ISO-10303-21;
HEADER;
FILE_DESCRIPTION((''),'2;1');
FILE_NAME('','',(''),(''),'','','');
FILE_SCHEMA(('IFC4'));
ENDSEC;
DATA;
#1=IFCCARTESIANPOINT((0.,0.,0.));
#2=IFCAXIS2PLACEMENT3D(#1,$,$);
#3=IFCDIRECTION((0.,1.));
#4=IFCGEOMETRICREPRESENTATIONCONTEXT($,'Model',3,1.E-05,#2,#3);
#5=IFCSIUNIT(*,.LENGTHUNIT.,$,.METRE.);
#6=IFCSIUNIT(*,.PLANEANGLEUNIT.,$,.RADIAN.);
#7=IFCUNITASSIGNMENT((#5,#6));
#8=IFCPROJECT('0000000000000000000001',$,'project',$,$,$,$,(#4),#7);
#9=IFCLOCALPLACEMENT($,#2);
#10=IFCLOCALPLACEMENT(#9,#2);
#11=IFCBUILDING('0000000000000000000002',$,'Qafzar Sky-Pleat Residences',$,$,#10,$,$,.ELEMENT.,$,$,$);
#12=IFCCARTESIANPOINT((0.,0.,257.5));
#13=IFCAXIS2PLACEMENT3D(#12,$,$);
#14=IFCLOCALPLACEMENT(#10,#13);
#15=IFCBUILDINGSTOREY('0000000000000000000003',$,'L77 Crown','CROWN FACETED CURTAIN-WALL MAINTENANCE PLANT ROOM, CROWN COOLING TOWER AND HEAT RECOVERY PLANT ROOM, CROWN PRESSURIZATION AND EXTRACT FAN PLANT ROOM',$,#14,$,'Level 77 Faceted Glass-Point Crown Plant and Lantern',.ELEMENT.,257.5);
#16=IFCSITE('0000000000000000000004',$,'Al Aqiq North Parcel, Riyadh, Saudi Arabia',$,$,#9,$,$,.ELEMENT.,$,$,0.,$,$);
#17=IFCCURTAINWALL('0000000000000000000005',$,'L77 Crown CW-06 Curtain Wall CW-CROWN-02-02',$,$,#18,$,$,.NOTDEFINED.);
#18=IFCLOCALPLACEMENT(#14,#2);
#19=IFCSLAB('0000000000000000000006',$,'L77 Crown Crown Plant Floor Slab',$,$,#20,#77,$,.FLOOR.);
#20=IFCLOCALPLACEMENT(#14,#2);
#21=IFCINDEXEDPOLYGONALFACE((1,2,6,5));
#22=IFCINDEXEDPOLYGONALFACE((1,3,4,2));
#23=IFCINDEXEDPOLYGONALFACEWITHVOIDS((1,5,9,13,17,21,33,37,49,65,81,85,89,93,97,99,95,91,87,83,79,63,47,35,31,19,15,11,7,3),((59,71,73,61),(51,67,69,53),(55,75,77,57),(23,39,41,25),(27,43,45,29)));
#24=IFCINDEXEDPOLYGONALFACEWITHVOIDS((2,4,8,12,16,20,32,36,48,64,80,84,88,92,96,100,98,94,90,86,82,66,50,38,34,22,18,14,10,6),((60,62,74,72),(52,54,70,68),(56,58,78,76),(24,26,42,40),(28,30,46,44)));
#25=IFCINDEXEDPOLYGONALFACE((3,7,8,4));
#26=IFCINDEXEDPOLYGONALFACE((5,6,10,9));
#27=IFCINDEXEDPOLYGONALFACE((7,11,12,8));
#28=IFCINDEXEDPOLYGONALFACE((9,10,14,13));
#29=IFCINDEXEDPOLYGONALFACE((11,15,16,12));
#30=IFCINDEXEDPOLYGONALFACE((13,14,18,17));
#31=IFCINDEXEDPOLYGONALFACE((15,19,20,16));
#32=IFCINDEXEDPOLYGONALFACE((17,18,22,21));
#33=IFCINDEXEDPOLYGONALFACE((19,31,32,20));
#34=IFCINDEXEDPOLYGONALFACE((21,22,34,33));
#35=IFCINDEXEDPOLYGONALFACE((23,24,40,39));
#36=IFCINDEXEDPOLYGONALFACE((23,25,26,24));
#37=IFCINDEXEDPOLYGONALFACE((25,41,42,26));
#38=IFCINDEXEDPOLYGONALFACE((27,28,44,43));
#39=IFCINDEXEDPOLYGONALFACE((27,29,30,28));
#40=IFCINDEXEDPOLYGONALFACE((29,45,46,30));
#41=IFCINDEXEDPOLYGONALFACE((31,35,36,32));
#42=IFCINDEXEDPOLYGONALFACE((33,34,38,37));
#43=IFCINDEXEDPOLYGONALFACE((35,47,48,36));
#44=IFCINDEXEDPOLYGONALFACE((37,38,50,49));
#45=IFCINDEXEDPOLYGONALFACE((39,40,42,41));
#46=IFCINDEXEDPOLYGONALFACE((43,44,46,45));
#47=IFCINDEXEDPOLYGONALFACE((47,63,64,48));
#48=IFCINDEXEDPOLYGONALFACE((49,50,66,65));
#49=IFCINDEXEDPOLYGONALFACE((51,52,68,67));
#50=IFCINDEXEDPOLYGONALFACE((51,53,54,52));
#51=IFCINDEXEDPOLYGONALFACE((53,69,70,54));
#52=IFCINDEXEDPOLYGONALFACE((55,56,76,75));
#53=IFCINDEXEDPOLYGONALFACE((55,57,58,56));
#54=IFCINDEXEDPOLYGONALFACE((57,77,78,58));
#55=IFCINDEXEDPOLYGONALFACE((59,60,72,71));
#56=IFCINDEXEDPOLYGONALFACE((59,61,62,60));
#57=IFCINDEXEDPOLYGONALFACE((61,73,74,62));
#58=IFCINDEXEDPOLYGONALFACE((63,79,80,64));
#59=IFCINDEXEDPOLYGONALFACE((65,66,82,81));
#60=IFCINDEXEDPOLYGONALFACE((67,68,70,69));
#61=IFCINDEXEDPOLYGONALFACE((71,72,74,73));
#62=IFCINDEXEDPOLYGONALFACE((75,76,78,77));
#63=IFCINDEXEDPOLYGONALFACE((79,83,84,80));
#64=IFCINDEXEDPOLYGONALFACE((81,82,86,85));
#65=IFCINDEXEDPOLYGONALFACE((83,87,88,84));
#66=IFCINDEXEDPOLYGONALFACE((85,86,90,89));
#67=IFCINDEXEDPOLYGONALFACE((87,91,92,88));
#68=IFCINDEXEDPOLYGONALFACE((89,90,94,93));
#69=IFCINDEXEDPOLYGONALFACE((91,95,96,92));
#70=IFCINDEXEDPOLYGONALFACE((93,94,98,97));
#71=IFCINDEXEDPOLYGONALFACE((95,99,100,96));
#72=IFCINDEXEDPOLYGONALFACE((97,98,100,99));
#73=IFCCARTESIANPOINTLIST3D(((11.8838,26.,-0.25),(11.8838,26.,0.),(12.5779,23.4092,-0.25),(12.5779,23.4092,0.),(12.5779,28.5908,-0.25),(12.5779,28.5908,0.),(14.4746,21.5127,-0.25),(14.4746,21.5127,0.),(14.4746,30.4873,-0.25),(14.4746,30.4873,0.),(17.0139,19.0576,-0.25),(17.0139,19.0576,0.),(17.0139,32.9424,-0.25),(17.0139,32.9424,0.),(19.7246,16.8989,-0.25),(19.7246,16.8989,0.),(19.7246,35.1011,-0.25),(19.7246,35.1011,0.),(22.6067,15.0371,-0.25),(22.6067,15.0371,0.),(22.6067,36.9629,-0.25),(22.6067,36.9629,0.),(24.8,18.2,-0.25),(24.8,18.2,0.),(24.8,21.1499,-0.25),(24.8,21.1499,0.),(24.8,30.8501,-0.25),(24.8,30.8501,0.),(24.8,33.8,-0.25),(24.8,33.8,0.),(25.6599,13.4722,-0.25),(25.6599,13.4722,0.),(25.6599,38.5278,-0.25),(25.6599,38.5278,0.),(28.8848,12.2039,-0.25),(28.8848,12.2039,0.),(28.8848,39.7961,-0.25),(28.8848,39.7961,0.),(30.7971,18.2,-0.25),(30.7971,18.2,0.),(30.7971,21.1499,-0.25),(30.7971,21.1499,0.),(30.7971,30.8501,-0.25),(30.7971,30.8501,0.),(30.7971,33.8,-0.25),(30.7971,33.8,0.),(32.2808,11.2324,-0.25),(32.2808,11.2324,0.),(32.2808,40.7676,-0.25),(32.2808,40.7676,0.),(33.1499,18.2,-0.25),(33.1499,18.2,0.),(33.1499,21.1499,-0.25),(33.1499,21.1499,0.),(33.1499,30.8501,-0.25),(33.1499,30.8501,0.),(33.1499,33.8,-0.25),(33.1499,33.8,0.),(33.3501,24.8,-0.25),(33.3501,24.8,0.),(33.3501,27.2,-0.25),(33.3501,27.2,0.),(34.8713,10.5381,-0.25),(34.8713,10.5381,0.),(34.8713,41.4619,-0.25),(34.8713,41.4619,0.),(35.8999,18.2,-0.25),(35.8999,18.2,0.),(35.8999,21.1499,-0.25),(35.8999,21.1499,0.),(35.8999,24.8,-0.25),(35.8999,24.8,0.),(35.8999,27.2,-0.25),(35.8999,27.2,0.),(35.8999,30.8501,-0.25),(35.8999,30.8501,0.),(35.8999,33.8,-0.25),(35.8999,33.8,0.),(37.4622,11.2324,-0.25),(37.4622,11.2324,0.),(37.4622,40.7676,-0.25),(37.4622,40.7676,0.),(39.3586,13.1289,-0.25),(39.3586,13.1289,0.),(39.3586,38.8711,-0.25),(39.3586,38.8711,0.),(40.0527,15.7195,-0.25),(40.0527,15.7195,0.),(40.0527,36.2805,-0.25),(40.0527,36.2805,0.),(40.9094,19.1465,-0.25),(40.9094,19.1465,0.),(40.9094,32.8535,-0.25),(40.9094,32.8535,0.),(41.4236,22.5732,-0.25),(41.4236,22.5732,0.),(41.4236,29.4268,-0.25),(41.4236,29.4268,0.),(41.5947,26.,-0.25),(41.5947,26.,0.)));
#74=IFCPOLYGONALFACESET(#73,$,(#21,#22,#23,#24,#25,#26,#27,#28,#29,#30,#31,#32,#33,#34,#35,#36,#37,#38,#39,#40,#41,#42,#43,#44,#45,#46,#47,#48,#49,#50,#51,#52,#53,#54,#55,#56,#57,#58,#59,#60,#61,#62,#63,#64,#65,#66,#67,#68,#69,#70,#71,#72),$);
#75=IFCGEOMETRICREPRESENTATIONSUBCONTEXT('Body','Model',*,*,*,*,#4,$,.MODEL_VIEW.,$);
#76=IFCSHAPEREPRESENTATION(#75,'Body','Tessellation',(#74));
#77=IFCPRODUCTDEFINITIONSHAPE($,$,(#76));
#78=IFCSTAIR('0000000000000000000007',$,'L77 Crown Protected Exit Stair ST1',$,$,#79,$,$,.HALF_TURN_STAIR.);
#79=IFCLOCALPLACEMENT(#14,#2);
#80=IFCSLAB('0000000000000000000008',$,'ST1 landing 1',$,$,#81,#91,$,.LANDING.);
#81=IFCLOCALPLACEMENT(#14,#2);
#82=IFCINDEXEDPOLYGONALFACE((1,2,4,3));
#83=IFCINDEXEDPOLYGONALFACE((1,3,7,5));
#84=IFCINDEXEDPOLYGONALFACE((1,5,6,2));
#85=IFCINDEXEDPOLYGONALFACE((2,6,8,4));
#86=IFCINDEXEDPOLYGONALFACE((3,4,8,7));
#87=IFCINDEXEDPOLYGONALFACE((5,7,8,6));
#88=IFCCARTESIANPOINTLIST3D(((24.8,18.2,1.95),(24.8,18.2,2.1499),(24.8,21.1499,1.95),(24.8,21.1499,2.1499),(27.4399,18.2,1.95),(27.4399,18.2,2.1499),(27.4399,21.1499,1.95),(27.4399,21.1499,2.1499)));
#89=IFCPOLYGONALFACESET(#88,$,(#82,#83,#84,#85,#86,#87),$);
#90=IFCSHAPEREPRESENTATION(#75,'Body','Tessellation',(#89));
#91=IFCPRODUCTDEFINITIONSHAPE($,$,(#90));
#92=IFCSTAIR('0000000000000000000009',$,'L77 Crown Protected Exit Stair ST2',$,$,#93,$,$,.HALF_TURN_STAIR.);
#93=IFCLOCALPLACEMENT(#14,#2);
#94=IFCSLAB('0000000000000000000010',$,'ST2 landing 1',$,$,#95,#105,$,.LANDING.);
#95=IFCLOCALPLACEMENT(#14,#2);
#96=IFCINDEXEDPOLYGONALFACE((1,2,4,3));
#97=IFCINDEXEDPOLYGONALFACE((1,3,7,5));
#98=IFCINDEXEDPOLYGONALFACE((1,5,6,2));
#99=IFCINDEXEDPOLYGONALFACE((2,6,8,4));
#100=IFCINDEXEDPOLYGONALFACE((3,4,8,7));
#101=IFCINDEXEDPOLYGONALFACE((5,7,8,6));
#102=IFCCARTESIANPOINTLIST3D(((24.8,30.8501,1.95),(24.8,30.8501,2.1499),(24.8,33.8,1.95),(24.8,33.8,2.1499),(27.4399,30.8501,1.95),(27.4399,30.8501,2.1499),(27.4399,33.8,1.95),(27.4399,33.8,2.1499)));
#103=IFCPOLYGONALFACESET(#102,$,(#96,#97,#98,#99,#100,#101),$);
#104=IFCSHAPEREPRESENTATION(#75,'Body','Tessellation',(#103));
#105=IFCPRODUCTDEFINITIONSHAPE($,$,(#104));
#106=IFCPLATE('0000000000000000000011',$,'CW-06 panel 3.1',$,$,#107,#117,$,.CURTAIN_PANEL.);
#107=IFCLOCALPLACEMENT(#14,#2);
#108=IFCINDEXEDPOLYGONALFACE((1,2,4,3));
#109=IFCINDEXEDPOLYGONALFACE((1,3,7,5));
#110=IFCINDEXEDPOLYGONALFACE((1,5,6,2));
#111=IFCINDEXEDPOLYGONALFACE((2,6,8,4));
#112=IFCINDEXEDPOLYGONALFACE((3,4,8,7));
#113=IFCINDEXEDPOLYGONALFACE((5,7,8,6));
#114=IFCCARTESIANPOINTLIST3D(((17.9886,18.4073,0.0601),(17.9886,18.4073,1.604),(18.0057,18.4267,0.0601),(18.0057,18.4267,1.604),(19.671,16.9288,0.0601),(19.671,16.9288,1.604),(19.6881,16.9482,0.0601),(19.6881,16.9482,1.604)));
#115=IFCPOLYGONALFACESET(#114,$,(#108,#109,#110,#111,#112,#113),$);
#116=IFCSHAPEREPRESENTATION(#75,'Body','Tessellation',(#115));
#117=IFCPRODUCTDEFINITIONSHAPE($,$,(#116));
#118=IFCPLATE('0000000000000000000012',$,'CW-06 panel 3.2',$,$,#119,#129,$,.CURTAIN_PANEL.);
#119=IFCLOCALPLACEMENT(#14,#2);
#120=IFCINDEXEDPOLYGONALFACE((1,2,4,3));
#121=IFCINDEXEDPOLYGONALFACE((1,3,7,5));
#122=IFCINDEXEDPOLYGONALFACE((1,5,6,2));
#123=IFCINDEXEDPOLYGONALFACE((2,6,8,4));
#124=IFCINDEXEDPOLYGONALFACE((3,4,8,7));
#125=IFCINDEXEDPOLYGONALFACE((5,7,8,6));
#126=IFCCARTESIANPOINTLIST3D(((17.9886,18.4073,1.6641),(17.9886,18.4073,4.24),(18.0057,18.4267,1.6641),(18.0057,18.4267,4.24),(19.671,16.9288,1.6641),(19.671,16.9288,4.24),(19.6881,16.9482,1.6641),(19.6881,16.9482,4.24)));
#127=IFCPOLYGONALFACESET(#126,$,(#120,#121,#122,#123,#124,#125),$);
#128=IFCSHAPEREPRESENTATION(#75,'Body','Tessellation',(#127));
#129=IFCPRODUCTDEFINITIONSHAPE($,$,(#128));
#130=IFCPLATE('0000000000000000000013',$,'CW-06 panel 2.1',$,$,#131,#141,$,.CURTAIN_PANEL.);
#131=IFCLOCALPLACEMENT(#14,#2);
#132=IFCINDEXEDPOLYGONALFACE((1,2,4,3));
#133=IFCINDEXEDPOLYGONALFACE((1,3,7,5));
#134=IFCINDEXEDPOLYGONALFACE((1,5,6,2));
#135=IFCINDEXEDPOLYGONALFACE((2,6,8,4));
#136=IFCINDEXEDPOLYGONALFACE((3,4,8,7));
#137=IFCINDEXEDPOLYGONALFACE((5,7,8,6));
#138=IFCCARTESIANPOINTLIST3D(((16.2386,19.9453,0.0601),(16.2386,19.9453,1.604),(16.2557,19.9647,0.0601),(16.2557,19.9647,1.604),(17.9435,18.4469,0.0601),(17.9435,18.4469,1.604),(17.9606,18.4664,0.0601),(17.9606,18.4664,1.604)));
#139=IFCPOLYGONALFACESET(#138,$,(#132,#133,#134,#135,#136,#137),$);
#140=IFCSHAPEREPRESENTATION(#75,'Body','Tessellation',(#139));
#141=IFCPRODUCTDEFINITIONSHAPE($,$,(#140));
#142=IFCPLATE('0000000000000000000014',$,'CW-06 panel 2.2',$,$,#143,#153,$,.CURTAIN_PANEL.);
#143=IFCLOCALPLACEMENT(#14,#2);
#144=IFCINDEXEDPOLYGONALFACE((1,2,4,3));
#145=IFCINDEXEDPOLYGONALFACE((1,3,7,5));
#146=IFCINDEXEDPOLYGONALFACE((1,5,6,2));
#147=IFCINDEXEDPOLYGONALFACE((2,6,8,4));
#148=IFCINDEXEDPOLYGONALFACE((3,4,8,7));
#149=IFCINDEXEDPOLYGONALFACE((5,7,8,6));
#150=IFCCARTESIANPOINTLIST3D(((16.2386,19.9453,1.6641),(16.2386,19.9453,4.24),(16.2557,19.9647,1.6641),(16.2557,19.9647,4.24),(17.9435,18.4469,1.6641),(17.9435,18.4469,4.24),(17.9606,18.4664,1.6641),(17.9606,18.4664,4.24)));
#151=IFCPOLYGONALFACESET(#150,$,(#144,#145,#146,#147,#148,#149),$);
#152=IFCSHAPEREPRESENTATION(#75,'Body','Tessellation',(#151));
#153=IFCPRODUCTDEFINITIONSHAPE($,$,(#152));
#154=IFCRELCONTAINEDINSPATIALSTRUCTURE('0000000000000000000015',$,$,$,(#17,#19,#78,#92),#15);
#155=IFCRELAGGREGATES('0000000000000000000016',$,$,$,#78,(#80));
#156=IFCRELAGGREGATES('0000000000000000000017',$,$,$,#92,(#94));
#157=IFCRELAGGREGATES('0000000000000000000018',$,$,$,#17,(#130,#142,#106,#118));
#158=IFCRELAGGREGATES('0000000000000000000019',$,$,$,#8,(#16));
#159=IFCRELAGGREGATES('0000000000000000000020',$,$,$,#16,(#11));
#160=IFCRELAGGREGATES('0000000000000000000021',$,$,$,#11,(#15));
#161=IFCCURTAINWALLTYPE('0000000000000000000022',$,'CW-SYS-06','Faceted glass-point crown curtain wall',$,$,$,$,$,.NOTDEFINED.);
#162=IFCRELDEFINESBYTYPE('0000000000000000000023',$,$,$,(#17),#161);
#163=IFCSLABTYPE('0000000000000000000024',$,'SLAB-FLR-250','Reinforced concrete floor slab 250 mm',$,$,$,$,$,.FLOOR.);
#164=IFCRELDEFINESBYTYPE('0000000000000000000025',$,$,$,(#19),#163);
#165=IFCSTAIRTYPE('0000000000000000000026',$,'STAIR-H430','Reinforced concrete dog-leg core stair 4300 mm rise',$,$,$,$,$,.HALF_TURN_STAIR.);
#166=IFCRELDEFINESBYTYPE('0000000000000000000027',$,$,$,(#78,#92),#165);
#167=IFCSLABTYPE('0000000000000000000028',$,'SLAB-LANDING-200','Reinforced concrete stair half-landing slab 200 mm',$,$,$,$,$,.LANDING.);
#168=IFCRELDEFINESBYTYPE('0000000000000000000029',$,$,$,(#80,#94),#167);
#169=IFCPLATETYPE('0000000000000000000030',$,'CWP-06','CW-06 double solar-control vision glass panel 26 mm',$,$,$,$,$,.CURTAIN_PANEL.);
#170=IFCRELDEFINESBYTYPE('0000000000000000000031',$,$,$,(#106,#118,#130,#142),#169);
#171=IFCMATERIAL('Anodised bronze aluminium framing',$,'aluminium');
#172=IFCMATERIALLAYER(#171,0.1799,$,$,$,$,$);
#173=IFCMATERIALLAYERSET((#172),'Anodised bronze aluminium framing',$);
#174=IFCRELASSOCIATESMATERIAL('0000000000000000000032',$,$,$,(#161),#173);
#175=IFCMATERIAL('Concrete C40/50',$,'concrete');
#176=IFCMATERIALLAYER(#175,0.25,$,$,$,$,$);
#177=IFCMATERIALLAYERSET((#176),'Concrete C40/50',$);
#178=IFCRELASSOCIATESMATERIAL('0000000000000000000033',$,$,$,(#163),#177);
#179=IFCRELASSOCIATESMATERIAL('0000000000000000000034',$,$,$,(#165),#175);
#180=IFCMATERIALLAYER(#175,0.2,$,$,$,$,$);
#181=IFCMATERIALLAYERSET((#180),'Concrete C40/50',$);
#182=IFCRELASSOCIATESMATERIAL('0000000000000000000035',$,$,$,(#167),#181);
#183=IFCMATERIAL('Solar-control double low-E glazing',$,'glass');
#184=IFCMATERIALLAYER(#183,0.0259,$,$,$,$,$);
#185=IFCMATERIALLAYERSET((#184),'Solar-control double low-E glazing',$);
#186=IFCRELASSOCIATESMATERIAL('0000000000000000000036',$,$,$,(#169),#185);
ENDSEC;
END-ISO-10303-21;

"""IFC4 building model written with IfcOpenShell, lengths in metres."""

from ifc_helpers import new_model, si_unit, direction, frame, origin, origin_2d, place, context, subcontext, project, spatial, polyline, rectangle, outline, extrude, source, transform, mapped, material, layer, layer_set, type_object, element, aggregate, save


model = new_model("IFC4")

# Units and contexts
model_context = context("Model", 3, precision=1e-05, world=origin(), true_north=direction((0.0, 1.0)))
body_context = subcontext(model_context, "Body", "Model", "MODEL_VIEW")
ifc_project = project(units=[si_unit("LENGTHUNIT", "METRE"), si_unit("PLANEANGLEUNIT", "RADIAN")], contexts=[model_context])

# Site, building, storey
site_placement = place(None, origin())
site = spatial("IfcSite", under=ifc_project, at=site_placement, Name="Al Aqiq North Parcel, Riyadh, Saudi Arabia", CompositionType="ELEMENT", RefElevation=0.0)
building_placement = place(site_placement, origin())
building = spatial("IfcBuilding", under=site, at=building_placement, Name="Qafzar Sky-Pleat Residences", CompositionType="ELEMENT")
storey_placement = place(building_placement, frame((0.0, 0.0, 257.5)))
storey = spatial("IfcBuildingStorey", under=building, at=storey_placement, Name="L77 Crown", Description="CROWN FACETED CURTAIN-WALL MAINTENANCE PLANT ROOM, CROWN COOLING TOWER AND HEAT RECOVERY PLANT ROOM, CROWN PRESSURIZATION AND EXTRACT FAN PLANT ROOM", LongName="Level 77 Faceted Glass-Point Crown Plant and Lantern", CompositionType="ELEMENT", Elevation=257.5)

# Curtain wall
ifc_material_1 = material(Name="Anodised bronze aluminium framing", Category="aluminium")
ifc_layer_1 = layer(ifc_material_1, 0.1799)
ifc_layer_set_1 = layer_set([ifc_layer_1], Name="Anodised bronze aluminium framing")
curtain_wall_type = type_object("IfcCurtainWallType", Name="CW-SYS-06", Description="Faceted glass-point crown curtain wall", PredefinedType="NOTDEFINED", material=ifc_layer_set_1)
curtain_wall_1_placement = place(storey_placement, origin())
curtain_wall_1 = element("IfcCurtainWall", 1, at=curtain_wall_1_placement, inside=storey, type_object=curtain_wall_type, Name="L77 Crown CW-06 Curtain Wall CW-CROWN-02-02", PredefinedType="NOTDEFINED")

# Slab
ifc_material_2 = material(Name="Concrete C40/50", Category="concrete")
ifc_layer_2 = layer(ifc_material_2, 0.25)
ifc_layer_set_2 = layer_set([ifc_layer_2], Name="Concrete C40/50")
slab_type_1 = type_object("IfcSlabType", Name="SLAB-FLR-250", Description="Reinforced concrete floor slab 250 mm", PredefinedType="FLOOR", material=ifc_layer_set_2)
slab_1_placement = place(storey_placement, frame((0.0, 0.0, -0.25)))
element("IfcSlab", 2, at=slab_1_placement, inside=storey, type_object=slab_type_1, Name="L77 Crown Crown Plant Floor Slab", PredefinedType="FLOOR", context=body_context, shape_type="SweptSolid", body=[
    extrude(outline(polyline([(14.4746, 30.4873), (12.5779, 28.5908), (11.8838, 26.0), (12.5779, 23.4092), (14.4746, 21.5127), (17.0139, 19.0576), (19.7246, 16.8989), (22.6067, 15.0371), (25.6599, 13.4722), (28.8848, 12.2039), (32.2808, 11.2324), (34.8713, 10.5381), (37.4622, 11.2324), (39.3586, 13.1289), (40.0527, 15.7195), (40.9094, 19.1465), (41.4236, 22.5732), (41.5947, 26.0), (41.4236, 29.4268), (40.9094, 32.8535), (40.0527, 36.2805), (39.3586, 38.8711), (37.4622, 40.7676), (34.8713, 41.4619), (32.2808, 40.7676), (28.8848, 39.7961), (25.6599, 38.5278), (22.6067, 36.9629), (19.7246, 35.1011), (17.0139, 32.9424), (14.4746, 30.4873)]), holes=[polyline([(30.7971, 21.1499), (24.8, 21.1499), (24.8, 18.2), (30.7971, 18.2), (30.7971, 21.1499)]), polyline([(30.7971, 33.8), (24.8, 33.8), (24.8, 30.8501), (30.7971, 30.8501), (30.7971, 33.8)]), polyline([(33.1499, 18.2), (35.8999, 18.2), (35.8999, 21.1499), (33.1499, 21.1499), (33.1499, 18.2)]), polyline([(33.1499, 30.8501), (35.8999, 30.8501), (35.8999, 33.8), (33.1499, 33.8), (33.1499, 30.8501)]), polyline([(33.3501, 24.8), (35.8999, 24.8), (35.8999, 27.2), (33.3501, 27.2), (33.3501, 24.8)])]), origin(), (0.0, 0.0, 1.0), 0.25),
])

# Stairs, slabs
stair_type = type_object("IfcStairType", Name="STAIR-H430", Description="Reinforced concrete dog-leg core stair 4300 mm rise", PredefinedType="HALF_TURN_STAIR", material=ifc_material_2)
stair_1_placement = place(storey_placement, origin())
stair_1 = element("IfcStair", 3, at=stair_1_placement, inside=storey, type_object=stair_type, Name="L77 Crown Protected Exit Stair ST1", PredefinedType="HALF_TURN_STAIR")
ifc_layer_3 = layer(ifc_material_2, 0.2)
ifc_layer_set_3 = layer_set([ifc_layer_3], Name="Concrete C40/50")
slab_type_2 = type_object("IfcSlabType", Name="SLAB-LANDING-200", Description="Reinforced concrete stair half-landing slab 200 mm", PredefinedType="LANDING", material=ifc_layer_set_3)
slab_2_placement = place(storey_placement, frame((0.0, 0.0, 1.95)))
slab_2 = element("IfcSlab", 4, at=slab_2_placement, type_object=slab_type_2, Name="ST1 landing 1", PredefinedType="LANDING", context=body_context, shape_type="SweptSolid", body=[
    extrude(outline(polyline([(27.4399, 21.1499), (24.8, 21.1499), (24.8, 18.2), (27.4399, 18.2), (27.4399, 21.1499)])), origin(), (0.0, 0.0, 1.0), 0.2),
])
aggregate(stair_1, [slab_2])
stair_2_placement = place(storey_placement, origin())
stair_2 = element("IfcStair", 5, at=stair_2_placement, inside=storey, type_object=stair_type, Name="L77 Crown Protected Exit Stair ST2", PredefinedType="HALF_TURN_STAIR")
slab_3_placement = place(storey_placement, frame((0.0, 0.0, 1.95)))
slab_3 = element("IfcSlab", 6, at=slab_3_placement, type_object=slab_type_2, Name="ST2 landing 1", PredefinedType="LANDING", context=body_context, shape_type="SweptSolid", body=[
    extrude(outline(polyline([(27.4399, 33.8), (24.8, 33.8), (24.8, 30.8501), (27.4399, 30.8501), (27.4399, 33.8)])), origin(), (0.0, 0.0, 1.0), 0.2),
])
aggregate(stair_2, [slab_3])

# Plates
ifc_material_3 = material(Name="Solar-control double low-E glazing", Category="glass")
ifc_layer_4 = layer(ifc_material_3, 0.0259)
ifc_layer_set_4 = layer_set([ifc_layer_4], Name="Solar-control double low-E glazing")
plate_type = type_object("IfcPlateType", Name="CWP-06", Description="CW-06 double solar-control vision glass panel 26 mm", PredefinedType="CURTAIN_PANEL", material=ifc_layer_set_4)
shared_shape_1 = source(origin(), body_context, "Body", "SweptSolid", [
    extrude(rectangle(XDim=2.2397, YDim=0.0259, at=origin_2d()), origin(), (0.0, 0.0, 1.0), 1.5439),
])
plate_1_placement = place(storey_placement, frame((18.8384, 17.6777, 0.0601), z_axis=(0.0, 0.0, 1.0), x_axis=(0.751152, -0.660129, 0.0)))
plate_1 = element("IfcPlate", 7, at=plate_1_placement, type_object=plate_type, Name="CW-06 panel 3.1", PredefinedType="CURTAIN_PANEL", context=body_context, shape_type="MappedRepresentation", body=[
    mapped(shared_shape_1, transform((0.0, 0.0, 0.0), x_axis=(1.0, 0.0, 0.0), y_axis=(0.0, 1.0, 0.0), z_axis=(0.0, 0.0, 1.0), scale=1.0)),
])
shared_shape_2 = source(origin(), body_context, "Body", "SweptSolid", [
    extrude(rectangle(XDim=2.2397, YDim=0.0259, at=origin_2d()), origin(), (0.0, 0.0, 1.0), 2.5759),
])
plate_2_placement = place(storey_placement, frame((18.8384, 17.6777, 1.6641), z_axis=(0.0, 0.0, 1.0), x_axis=(0.751152, -0.660129, 0.0)))
plate_2 = element("IfcPlate", 8, at=plate_2_placement, type_object=plate_type, Name="CW-06 panel 3.2", PredefinedType="CURTAIN_PANEL", context=body_context, shape_type="MappedRepresentation", body=[
    mapped(shared_shape_2, transform((0.0, 0.0, 0.0), x_axis=(1.0, 0.0, 0.0), y_axis=(0.0, 1.0, 0.0), z_axis=(0.0, 0.0, 1.0), scale=1.0)),
])
shared_shape_3 = source(origin(), body_context, "Body", "SweptSolid", [
    extrude(rectangle(XDim=2.2698, YDim=0.0259, at=origin_2d()), origin(), (0.0, 0.0, 1.0), 1.5439),
])
plate_3_placement = place(storey_placement, frame((17.0996, 19.2058, 0.0601), z_axis=(0.0, 0.0, 1.0), x_axis=(0.751152, -0.660129, 0.0)))
plate_3 = element("IfcPlate", 9, at=plate_3_placement, type_object=plate_type, Name="CW-06 panel 2.1", PredefinedType="CURTAIN_PANEL", context=body_context, shape_type="MappedRepresentation", body=[
    mapped(shared_shape_3, transform((0.0, 0.0, 0.0), x_axis=(1.0, 0.0, 0.0), y_axis=(0.0, 1.0, 0.0), z_axis=(0.0, 0.0, 1.0), scale=1.0)),
])
shared_shape_4 = source(origin(), body_context, "Body", "SweptSolid", [
    extrude(rectangle(XDim=2.2698, YDim=0.0259, at=origin_2d()), origin(), (0.0, 0.0, 1.0), 2.5759),
])
plate_4_placement = place(storey_placement, frame((17.0996, 19.2058, 1.6641), z_axis=(0.0, 0.0, 1.0), x_axis=(0.751152, -0.660129, 0.0)))
plate_4 = element("IfcPlate", 10, at=plate_4_placement, type_object=plate_type, Name="CW-06 panel 2.2", PredefinedType="CURTAIN_PANEL", context=body_context, shape_type="MappedRepresentation", body=[
    mapped(shared_shape_4, transform((0.0, 0.0, 0.0), x_axis=(1.0, 0.0, 0.0), y_axis=(0.0, 1.0, 0.0), z_axis=(0.0, 0.0, 1.0), scale=1.0)),
])
aggregate(curtain_wall_1, [plate_3, plate_4, plate_1, plate_2])

save(model, "model.ifc")
